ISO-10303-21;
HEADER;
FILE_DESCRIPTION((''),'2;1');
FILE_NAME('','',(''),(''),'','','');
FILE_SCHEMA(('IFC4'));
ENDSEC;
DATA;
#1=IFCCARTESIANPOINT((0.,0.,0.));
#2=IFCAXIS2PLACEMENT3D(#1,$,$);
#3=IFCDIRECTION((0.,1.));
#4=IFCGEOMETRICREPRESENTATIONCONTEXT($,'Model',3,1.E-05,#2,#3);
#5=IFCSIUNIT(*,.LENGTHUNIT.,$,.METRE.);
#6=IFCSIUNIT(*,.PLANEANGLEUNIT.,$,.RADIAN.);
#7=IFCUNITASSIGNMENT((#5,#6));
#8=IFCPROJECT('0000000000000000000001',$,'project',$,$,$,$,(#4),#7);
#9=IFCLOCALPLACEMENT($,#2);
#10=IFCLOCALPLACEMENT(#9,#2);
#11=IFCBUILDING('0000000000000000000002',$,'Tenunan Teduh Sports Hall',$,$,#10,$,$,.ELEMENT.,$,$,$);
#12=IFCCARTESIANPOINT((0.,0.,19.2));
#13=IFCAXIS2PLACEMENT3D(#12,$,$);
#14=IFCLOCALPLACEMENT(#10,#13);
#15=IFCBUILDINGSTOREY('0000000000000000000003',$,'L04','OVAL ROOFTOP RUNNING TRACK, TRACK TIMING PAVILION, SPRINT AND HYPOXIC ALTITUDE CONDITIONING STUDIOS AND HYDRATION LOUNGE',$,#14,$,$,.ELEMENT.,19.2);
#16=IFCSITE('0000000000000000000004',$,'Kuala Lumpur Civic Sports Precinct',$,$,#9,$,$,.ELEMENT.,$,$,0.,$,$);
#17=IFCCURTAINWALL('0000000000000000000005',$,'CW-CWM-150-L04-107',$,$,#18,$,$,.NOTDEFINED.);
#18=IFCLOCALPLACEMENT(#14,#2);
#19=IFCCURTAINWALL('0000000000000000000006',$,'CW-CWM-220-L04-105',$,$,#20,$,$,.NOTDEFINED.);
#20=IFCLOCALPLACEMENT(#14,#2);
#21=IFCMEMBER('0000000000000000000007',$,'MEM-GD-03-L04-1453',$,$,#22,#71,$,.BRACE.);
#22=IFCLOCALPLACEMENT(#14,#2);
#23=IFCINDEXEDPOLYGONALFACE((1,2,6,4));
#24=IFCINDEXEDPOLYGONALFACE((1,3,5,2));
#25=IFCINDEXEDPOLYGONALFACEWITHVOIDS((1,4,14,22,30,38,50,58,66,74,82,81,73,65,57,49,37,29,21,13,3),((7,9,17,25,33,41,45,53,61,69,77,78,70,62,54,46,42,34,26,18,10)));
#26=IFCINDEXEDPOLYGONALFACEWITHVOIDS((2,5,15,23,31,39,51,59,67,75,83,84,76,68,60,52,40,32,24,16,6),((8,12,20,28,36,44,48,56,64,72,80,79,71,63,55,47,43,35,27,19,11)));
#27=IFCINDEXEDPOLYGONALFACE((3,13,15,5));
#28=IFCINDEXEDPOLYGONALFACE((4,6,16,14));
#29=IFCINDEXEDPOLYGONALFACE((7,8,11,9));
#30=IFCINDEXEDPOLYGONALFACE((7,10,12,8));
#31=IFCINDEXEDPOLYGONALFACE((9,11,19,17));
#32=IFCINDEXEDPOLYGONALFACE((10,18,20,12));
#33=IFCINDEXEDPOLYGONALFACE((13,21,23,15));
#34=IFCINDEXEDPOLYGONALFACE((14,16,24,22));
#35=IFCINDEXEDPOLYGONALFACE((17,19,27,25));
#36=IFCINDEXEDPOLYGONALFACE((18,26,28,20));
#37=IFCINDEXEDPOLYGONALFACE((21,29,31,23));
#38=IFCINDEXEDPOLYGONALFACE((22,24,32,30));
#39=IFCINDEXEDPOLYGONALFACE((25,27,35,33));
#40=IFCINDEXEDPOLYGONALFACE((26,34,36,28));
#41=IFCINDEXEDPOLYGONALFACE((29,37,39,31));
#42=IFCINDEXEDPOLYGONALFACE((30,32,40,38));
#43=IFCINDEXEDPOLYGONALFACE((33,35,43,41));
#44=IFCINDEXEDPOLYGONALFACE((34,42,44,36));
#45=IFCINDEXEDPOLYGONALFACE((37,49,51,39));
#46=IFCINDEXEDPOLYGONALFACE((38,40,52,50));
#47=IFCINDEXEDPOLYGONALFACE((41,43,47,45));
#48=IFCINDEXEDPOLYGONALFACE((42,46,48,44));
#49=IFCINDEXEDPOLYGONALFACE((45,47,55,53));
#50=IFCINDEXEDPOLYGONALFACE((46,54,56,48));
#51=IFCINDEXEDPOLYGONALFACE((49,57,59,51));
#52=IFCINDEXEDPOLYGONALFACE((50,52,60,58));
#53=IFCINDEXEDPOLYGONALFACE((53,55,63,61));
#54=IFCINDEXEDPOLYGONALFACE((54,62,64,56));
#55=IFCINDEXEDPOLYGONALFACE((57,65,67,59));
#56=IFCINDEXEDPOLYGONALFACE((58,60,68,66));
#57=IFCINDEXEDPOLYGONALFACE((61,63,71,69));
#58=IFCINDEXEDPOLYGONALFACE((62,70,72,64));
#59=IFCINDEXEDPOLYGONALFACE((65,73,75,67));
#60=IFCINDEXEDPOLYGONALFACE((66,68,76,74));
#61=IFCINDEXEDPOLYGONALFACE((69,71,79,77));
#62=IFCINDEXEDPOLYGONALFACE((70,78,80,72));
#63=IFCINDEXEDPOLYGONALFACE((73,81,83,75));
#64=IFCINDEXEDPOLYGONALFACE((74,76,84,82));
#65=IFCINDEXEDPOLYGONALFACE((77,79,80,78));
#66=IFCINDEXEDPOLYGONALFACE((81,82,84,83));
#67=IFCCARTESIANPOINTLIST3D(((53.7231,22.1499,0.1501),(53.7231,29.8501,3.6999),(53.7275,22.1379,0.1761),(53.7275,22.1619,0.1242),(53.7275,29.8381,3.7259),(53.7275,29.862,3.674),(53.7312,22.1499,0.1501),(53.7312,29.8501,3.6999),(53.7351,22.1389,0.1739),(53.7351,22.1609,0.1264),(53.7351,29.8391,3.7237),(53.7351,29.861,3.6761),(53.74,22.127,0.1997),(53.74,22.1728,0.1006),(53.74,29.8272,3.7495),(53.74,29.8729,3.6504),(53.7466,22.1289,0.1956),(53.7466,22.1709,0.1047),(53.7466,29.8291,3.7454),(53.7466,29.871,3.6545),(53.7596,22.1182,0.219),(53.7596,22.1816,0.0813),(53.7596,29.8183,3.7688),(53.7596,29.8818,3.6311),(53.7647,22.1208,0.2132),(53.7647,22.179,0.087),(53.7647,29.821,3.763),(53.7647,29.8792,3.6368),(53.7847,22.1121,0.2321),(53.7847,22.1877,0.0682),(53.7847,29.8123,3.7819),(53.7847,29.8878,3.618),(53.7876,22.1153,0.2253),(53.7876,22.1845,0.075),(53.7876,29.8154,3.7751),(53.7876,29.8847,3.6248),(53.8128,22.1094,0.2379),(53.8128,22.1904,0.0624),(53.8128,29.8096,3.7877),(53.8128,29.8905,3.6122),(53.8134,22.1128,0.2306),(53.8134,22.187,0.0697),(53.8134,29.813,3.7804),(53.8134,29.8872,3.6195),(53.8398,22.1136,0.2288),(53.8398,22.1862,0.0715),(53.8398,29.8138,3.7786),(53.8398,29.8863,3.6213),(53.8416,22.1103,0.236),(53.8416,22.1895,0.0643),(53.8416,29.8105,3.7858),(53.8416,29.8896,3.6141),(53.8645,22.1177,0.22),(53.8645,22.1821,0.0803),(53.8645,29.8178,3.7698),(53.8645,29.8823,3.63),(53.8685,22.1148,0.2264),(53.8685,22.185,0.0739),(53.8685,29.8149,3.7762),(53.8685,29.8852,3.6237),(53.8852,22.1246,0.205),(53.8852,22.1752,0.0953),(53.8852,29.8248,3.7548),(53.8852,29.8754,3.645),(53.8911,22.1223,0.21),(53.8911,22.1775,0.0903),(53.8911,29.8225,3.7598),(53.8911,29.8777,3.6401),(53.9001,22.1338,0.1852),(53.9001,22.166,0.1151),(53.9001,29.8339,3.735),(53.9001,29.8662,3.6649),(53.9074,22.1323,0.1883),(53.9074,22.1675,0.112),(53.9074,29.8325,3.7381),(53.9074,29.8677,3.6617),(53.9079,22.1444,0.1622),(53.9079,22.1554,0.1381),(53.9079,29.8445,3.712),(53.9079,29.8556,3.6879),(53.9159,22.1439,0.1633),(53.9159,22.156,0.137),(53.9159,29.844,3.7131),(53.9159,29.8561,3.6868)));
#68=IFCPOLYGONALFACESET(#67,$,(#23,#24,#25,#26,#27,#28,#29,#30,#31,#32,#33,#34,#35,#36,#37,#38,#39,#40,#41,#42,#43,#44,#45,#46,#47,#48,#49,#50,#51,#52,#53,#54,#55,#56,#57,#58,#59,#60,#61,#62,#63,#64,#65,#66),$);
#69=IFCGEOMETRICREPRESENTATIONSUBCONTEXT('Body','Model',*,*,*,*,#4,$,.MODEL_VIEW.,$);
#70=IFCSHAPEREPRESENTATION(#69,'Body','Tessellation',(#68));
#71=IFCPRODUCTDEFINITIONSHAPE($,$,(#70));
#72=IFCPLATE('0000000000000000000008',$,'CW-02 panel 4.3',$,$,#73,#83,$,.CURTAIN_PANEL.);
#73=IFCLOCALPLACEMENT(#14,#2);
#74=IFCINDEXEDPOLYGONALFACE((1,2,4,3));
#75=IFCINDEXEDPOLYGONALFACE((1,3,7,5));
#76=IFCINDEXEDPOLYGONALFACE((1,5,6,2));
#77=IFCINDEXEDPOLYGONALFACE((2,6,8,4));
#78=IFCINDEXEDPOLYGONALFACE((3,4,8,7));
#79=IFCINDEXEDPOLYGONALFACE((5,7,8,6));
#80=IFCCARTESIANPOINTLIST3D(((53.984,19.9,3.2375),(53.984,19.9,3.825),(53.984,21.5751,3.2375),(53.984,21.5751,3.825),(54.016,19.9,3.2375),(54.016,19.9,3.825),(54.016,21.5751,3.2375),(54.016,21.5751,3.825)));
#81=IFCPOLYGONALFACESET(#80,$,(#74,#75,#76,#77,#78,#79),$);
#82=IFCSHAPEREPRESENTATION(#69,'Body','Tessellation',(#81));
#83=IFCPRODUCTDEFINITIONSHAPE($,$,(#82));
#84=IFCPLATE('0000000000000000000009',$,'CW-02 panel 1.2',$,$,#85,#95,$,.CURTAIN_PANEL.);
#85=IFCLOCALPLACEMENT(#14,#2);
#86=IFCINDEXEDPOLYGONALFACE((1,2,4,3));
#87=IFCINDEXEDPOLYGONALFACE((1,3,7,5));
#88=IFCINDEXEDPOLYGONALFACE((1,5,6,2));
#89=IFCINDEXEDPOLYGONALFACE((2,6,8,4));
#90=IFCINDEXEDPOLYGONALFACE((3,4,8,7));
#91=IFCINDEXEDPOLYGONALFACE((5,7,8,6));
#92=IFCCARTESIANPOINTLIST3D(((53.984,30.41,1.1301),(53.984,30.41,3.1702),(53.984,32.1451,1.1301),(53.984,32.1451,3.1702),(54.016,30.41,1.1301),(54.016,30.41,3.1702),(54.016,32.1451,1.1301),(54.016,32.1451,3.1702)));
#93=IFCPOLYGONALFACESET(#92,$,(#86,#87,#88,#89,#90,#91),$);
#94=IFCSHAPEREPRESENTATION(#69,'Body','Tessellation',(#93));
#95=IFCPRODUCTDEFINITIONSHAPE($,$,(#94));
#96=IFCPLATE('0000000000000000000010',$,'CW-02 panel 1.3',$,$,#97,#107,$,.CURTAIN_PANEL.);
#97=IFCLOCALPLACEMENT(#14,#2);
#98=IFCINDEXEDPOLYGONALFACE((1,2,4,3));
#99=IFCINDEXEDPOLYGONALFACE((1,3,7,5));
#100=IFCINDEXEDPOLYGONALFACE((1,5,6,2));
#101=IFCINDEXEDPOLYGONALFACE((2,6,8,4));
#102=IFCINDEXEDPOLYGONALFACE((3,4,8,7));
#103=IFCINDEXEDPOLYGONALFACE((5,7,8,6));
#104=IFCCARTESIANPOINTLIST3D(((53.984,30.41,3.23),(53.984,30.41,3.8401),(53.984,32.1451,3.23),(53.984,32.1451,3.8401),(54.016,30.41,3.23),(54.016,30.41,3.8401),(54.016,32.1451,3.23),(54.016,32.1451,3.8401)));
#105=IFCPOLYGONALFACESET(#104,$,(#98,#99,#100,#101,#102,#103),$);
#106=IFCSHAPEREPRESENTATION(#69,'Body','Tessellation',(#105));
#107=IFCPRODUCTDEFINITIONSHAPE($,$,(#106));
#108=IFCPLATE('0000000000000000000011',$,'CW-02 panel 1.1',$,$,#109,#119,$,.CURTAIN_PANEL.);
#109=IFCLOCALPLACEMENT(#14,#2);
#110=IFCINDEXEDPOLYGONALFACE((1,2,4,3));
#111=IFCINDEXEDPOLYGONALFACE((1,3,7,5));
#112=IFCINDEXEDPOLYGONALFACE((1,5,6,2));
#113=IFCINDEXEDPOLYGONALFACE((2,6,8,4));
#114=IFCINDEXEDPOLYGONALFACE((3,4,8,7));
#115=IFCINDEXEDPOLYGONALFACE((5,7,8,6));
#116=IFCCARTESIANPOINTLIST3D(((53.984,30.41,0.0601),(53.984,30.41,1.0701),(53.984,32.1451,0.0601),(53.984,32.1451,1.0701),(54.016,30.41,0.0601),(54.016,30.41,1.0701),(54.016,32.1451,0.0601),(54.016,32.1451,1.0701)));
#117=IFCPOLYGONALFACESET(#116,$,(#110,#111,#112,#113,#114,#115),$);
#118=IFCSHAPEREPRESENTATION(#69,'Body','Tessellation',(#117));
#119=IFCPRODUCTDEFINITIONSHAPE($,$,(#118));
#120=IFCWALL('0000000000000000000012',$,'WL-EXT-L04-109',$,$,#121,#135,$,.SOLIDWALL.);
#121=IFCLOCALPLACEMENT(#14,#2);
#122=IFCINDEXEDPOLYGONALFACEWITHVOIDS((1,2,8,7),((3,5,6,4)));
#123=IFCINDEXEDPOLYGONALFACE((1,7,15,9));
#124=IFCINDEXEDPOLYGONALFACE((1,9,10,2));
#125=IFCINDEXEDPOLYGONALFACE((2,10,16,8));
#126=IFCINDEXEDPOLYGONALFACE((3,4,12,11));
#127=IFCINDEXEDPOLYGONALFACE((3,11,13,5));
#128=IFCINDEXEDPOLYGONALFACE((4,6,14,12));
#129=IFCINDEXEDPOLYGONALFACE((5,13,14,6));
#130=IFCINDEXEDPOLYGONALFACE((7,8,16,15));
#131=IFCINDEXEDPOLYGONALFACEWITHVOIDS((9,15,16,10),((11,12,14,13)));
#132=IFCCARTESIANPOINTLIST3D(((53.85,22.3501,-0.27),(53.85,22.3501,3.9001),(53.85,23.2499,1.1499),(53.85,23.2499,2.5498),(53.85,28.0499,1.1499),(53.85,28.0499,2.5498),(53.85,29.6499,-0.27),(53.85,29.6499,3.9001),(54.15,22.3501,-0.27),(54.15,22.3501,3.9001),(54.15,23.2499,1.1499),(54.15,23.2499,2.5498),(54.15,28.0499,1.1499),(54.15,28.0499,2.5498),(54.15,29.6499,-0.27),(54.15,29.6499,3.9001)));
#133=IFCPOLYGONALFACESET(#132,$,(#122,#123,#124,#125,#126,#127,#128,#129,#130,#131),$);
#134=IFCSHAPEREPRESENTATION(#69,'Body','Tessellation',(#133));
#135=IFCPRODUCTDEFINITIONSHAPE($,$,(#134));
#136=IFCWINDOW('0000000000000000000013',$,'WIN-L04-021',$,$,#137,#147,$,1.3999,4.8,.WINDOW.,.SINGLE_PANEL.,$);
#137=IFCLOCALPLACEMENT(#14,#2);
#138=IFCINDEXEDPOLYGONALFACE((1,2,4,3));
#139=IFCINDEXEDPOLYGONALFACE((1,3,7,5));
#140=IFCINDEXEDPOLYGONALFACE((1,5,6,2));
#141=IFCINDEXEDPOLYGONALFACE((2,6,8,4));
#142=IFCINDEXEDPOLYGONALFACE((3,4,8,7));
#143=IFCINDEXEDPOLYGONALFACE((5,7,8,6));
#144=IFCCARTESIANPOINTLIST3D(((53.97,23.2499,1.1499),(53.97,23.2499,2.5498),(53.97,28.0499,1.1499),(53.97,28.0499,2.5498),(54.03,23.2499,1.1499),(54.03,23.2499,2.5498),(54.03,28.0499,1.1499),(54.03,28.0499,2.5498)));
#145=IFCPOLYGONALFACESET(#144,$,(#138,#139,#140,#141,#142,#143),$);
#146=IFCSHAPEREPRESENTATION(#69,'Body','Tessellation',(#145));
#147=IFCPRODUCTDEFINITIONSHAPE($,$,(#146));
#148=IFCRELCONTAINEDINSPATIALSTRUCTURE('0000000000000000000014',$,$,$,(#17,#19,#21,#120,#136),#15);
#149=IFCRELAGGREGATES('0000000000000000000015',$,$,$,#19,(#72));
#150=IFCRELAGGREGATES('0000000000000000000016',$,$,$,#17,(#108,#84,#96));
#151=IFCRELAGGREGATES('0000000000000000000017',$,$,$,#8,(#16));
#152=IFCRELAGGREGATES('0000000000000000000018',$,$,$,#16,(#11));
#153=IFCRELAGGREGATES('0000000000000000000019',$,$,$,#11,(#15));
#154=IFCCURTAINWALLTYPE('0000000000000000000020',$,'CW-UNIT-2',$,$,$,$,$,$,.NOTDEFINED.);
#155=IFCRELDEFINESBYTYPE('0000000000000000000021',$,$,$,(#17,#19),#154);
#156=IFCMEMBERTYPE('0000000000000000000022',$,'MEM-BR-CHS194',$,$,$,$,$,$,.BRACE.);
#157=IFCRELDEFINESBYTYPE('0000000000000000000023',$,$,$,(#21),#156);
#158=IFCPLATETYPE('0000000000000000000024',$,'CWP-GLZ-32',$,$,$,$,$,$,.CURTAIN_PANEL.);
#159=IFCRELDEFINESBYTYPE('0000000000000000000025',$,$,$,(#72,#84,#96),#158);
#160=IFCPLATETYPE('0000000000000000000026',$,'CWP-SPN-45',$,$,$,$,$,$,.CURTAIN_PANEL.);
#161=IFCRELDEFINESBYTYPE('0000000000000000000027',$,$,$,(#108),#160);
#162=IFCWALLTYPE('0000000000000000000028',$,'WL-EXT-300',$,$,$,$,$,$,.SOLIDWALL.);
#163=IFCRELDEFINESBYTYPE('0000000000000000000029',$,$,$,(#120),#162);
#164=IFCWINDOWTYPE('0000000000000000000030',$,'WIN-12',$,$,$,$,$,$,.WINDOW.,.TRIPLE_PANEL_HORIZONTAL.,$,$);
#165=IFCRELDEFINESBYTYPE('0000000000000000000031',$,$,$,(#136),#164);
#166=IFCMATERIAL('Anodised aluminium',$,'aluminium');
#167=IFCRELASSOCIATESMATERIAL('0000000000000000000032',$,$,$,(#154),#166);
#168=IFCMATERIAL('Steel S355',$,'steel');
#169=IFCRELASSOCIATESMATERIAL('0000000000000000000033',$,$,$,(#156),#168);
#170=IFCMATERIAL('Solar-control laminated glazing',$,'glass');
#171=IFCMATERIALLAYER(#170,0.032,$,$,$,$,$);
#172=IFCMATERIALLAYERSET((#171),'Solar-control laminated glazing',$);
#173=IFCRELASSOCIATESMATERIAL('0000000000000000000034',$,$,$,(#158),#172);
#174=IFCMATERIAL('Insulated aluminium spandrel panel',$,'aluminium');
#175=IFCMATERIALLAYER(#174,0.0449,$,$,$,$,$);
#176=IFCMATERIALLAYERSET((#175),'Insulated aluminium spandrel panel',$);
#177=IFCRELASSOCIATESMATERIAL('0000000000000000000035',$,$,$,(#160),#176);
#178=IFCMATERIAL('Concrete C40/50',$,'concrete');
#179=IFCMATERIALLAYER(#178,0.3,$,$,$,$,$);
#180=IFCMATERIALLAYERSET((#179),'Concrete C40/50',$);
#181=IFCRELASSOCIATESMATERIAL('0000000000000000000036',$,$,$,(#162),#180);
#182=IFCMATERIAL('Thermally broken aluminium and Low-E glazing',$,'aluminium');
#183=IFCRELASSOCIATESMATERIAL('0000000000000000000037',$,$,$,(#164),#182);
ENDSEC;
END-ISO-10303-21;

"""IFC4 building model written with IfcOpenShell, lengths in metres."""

from ifc_helpers import new_model, si_unit, direction, frame, frame_2d, origin, origin_2d, place, context, subcontext, project, spatial, rectangle, hollow_circle, extrude, material, layer, layer_set, material_profile, profile_set, type_object, element, fill, aggregate, save


model = new_model("IFC4")

# Units and contexts
model_context = context("Model", 3, precision=1e-05, world=origin(), true_north=direction((0.0, 1.0)))
body_context = subcontext(model_context, "Body", "Model", "MODEL_VIEW")
ifc_project = project(units=[si_unit("LENGTHUNIT", "METRE"), si_unit("PLANEANGLEUNIT", "RADIAN")], contexts=[model_context])

# Site, building, storey
site_placement = place(None, origin())
site = spatial("IfcSite", under=ifc_project, at=site_placement, Name="Kuala Lumpur Civic Sports Precinct", CompositionType="ELEMENT", RefElevation=0.0)
building_placement = place(site_placement, origin())
building = spatial("IfcBuilding", under=site, at=building_placement, Name="Tenunan Teduh Sports Hall", CompositionType="ELEMENT")
storey_placement = place(building_placement, frame((0.0, 0.0, 19.2)))
storey = spatial("IfcBuildingStorey", under=building, at=storey_placement, Name="L04", Description="OVAL ROOFTOP RUNNING TRACK, TRACK TIMING PAVILION, SPRINT AND HYPOXIC ALTITUDE CONDITIONING STUDIOS AND HYDRATION LOUNGE", CompositionType="ELEMENT", Elevation=19.2)

# Curtain wall
ifc_material_1 = material(Name="Anodised aluminium", Category="aluminium")
curtain_wall_type = type_object("IfcCurtainWallType", Name="CW-UNIT-2", PredefinedType="NOTDEFINED", material=ifc_material_1)
curtain_wall_1_placement = place(storey_placement, origin())
curtain_wall_1 = element("IfcCurtainWall", 1, at=curtain_wall_1_placement, inside=storey, type_object=curtain_wall_type, Name="CW-CWM-150-L04-107", PredefinedType="NOTDEFINED")

# Curtain wall
curtain_wall_2_placement = place(storey_placement, origin())
curtain_wall_2 = element("IfcCurtainWall", 2, at=curtain_wall_2_placement, inside=storey, type_object=curtain_wall_type, Name="CW-CWM-220-L04-105", PredefinedType="NOTDEFINED")

# Member
ifc_material_2 = material(Name="Steel S355", Category="steel")
ifc_material_profile_1 = material_profile(ifc_material_2, hollow_circle(Radius=0.0969, WallThickness=0.0081, at=origin_2d()), Name="CHS 193.7x8.0")
ifc_profile_set_1 = profile_set([ifc_material_profile_1], Name="Steel S355")
member_type_1 = type_object("IfcMemberType", Name="MEM-BR-CHS194", PredefinedType="BRACE", material=ifc_profile_set_1)
member_1_placement = place(storey_placement, frame((53.8201, 22.1499, 0.1501), z_axis=(0.0, 0.908145, 0.418656), x_axis=(-1.0, 0.0, 0.0)))
element("IfcMember", 3, at=member_1_placement, inside=storey, type_object=member_type_1, Name="MEM-GD-03-L04-1453", PredefinedType="BRACE", context=body_context, shape_type="SweptSolid", body=[
    extrude(hollow_circle(Radius=0.0969, WallThickness=0.0081, at=origin_2d()), origin(), (0.0, 0.0, 1.0), 8.479),
])

# Plates
ifc_material_3 = material(Name="Solar-control laminated glazing", Category="glass")
ifc_layer_1 = layer(ifc_material_3, 0.032)
ifc_layer_set_1 = layer_set([ifc_layer_1], Name="Solar-control laminated glazing")
plate_type_1 = type_object("IfcPlateType", Name="CWP-GLZ-32", PredefinedType="CURTAIN_PANEL", material=ifc_layer_set_1)
plate_1_placement = place(storey_placement, frame((54.0, 20.7375, 3.2375), z_axis=(0.0, 0.0, 1.0), x_axis=(0.0, 1.0, 0.0)))
plate_1 = element("IfcPlate", 4, at=plate_1_placement, type_object=plate_type_1, Name="CW-02 panel 4.3", PredefinedType="CURTAIN_PANEL", context=body_context, shape_type="SweptSolid", body=[
    extrude(rectangle(XDim=1.675, YDim=0.032, at=origin_2d()), origin(), (0.0, 0.0, 1.0), 0.5874),
])
aggregate(curtain_wall_2, [plate_1])
plate_2_placement = place(storey_placement, frame((54.0, 31.2776, 1.1301), z_axis=(0.0, 0.0, 1.0), x_axis=(0.0, 1.0, 0.0)))
plate_2 = element("IfcPlate", 5, at=plate_2_placement, type_object=plate_type_1, Name="CW-02 panel 1.2", PredefinedType="CURTAIN_PANEL", context=body_context, shape_type="SweptSolid", body=[
    extrude(rectangle(XDim=1.7351, YDim=0.032, at=origin_2d()), origin(), (0.0, 0.0, 1.0), 2.04),
])
plate_3_placement = place(storey_placement, frame((54.0, 31.2776, 3.23), z_axis=(0.0, 0.0, 1.0), x_axis=(0.0, 1.0, 0.0)))
plate_3 = element("IfcPlate", 6, at=plate_3_placement, type_object=plate_type_1, Name="CW-02 panel 1.3", PredefinedType="CURTAIN_PANEL", context=body_context, shape_type="SweptSolid", body=[
    extrude(rectangle(XDim=1.7351, YDim=0.032, at=origin_2d()), origin(), (0.0, 0.0, 1.0), 0.6101),
])
ifc_material_4 = material(Name="Insulated aluminium spandrel panel", Category="aluminium")
ifc_layer_2 = layer(ifc_material_4, 0.0449)
ifc_layer_set_2 = layer_set([ifc_layer_2], Name="Insulated aluminium spandrel panel")
plate_type_2 = type_object("IfcPlateType", Name="CWP-SPN-45", PredefinedType="CURTAIN_PANEL", material=ifc_layer_set_2)
plate_4_placement = place(storey_placement, frame((54.0, 31.2776, 0.0601), z_axis=(0.0, 0.0, 1.0), x_axis=(0.0, 1.0, 0.0)))
plate_4 = element("IfcPlate", 7, at=plate_4_placement, type_object=plate_type_2, Name="CW-02 panel 1.1", PredefinedType="CURTAIN_PANEL", context=body_context, shape_type="SweptSolid", body=[
    extrude(rectangle(XDim=1.7351, YDim=0.032, at=origin_2d()), origin(), (0.0, 0.0, 1.0), 1.01),
])
aggregate(curtain_wall_1, [plate_4, plate_2, plate_3])

# Wall, opening, window
ifc_material_5 = material(Name="Concrete C40/50", Category="concrete")
ifc_layer_3 = layer(ifc_material_5, 0.3)
ifc_layer_set_3 = layer_set([ifc_layer_3], Name="Concrete C40/50")
wall_type = type_object("IfcWallType", Name="WL-EXT-300", PredefinedType="SOLIDWALL", material=ifc_layer_set_3)
wall_placement = place(storey_placement, frame((54.0, 22.3501, -0.27), z_axis=(0.0, 0.0, 1.0), x_axis=(0.0, 1.0, 0.0)))
wall = element("IfcWall", 8, at=wall_placement, inside=storey, type_object=wall_type, Name="WL-EXT-L04-109", PredefinedType="SOLIDWALL", context=body_context, shape_type="SweptSolid", body=[
    extrude(rectangle(XDim=7.2998, YDim=0.3, at=frame_2d((3.6499, 0.0))), origin(), (0.0, 0.0, 1.0), 4.1702),
])
opening_placement = place(wall_placement, frame((0.8999, 0.0, 1.4199)))
opening = element("IfcOpeningElement", 9, at=opening_placement, cuts=wall, PredefinedType="OPENING", context=body_context, shape_type="SweptSolid", body=[
    extrude(rectangle(XDim=4.8, YDim=1.3999, at=frame_2d((2.3999, 0.7))), frame((0.0, 0.1599, 0.0), z_axis=(0.0, -1.0, 0.0), x_axis=(1.0, 0.0, 0.0)), (0.0, 0.0, 1.0), 0.3201),
])
ifc_material_6 = material(Name="Thermally broken aluminium and Low-E glazing", Category="aluminium")
window_type = type_object("IfcWindowType", Name="WIN-12", PartitioningType="TRIPLE_PANEL_HORIZONTAL", PredefinedType="WINDOW", material=ifc_material_6)
window_placement = place(opening_placement, origin())
window = element("IfcWindow", 10, at=window_placement, inside=storey, type_object=window_type, Name="WIN-L04-021", OverallHeight=1.3999, OverallWidth=4.8, PartitioningType="SINGLE_PANEL", PredefinedType="WINDOW", context=body_context, shape_type="SweptSolid", body=[
    extrude(rectangle(XDim=4.8, YDim=1.3999, at=frame_2d((2.3999, 0.7))), frame((0.0, 0.03, 0.0), z_axis=(0.0, -1.0, 0.0), x_axis=(1.0, 0.0, 0.0)), (0.0, 0.0, 1.0), 0.0601),
])
fill(opening, window)

save(model, "model.ifc")
